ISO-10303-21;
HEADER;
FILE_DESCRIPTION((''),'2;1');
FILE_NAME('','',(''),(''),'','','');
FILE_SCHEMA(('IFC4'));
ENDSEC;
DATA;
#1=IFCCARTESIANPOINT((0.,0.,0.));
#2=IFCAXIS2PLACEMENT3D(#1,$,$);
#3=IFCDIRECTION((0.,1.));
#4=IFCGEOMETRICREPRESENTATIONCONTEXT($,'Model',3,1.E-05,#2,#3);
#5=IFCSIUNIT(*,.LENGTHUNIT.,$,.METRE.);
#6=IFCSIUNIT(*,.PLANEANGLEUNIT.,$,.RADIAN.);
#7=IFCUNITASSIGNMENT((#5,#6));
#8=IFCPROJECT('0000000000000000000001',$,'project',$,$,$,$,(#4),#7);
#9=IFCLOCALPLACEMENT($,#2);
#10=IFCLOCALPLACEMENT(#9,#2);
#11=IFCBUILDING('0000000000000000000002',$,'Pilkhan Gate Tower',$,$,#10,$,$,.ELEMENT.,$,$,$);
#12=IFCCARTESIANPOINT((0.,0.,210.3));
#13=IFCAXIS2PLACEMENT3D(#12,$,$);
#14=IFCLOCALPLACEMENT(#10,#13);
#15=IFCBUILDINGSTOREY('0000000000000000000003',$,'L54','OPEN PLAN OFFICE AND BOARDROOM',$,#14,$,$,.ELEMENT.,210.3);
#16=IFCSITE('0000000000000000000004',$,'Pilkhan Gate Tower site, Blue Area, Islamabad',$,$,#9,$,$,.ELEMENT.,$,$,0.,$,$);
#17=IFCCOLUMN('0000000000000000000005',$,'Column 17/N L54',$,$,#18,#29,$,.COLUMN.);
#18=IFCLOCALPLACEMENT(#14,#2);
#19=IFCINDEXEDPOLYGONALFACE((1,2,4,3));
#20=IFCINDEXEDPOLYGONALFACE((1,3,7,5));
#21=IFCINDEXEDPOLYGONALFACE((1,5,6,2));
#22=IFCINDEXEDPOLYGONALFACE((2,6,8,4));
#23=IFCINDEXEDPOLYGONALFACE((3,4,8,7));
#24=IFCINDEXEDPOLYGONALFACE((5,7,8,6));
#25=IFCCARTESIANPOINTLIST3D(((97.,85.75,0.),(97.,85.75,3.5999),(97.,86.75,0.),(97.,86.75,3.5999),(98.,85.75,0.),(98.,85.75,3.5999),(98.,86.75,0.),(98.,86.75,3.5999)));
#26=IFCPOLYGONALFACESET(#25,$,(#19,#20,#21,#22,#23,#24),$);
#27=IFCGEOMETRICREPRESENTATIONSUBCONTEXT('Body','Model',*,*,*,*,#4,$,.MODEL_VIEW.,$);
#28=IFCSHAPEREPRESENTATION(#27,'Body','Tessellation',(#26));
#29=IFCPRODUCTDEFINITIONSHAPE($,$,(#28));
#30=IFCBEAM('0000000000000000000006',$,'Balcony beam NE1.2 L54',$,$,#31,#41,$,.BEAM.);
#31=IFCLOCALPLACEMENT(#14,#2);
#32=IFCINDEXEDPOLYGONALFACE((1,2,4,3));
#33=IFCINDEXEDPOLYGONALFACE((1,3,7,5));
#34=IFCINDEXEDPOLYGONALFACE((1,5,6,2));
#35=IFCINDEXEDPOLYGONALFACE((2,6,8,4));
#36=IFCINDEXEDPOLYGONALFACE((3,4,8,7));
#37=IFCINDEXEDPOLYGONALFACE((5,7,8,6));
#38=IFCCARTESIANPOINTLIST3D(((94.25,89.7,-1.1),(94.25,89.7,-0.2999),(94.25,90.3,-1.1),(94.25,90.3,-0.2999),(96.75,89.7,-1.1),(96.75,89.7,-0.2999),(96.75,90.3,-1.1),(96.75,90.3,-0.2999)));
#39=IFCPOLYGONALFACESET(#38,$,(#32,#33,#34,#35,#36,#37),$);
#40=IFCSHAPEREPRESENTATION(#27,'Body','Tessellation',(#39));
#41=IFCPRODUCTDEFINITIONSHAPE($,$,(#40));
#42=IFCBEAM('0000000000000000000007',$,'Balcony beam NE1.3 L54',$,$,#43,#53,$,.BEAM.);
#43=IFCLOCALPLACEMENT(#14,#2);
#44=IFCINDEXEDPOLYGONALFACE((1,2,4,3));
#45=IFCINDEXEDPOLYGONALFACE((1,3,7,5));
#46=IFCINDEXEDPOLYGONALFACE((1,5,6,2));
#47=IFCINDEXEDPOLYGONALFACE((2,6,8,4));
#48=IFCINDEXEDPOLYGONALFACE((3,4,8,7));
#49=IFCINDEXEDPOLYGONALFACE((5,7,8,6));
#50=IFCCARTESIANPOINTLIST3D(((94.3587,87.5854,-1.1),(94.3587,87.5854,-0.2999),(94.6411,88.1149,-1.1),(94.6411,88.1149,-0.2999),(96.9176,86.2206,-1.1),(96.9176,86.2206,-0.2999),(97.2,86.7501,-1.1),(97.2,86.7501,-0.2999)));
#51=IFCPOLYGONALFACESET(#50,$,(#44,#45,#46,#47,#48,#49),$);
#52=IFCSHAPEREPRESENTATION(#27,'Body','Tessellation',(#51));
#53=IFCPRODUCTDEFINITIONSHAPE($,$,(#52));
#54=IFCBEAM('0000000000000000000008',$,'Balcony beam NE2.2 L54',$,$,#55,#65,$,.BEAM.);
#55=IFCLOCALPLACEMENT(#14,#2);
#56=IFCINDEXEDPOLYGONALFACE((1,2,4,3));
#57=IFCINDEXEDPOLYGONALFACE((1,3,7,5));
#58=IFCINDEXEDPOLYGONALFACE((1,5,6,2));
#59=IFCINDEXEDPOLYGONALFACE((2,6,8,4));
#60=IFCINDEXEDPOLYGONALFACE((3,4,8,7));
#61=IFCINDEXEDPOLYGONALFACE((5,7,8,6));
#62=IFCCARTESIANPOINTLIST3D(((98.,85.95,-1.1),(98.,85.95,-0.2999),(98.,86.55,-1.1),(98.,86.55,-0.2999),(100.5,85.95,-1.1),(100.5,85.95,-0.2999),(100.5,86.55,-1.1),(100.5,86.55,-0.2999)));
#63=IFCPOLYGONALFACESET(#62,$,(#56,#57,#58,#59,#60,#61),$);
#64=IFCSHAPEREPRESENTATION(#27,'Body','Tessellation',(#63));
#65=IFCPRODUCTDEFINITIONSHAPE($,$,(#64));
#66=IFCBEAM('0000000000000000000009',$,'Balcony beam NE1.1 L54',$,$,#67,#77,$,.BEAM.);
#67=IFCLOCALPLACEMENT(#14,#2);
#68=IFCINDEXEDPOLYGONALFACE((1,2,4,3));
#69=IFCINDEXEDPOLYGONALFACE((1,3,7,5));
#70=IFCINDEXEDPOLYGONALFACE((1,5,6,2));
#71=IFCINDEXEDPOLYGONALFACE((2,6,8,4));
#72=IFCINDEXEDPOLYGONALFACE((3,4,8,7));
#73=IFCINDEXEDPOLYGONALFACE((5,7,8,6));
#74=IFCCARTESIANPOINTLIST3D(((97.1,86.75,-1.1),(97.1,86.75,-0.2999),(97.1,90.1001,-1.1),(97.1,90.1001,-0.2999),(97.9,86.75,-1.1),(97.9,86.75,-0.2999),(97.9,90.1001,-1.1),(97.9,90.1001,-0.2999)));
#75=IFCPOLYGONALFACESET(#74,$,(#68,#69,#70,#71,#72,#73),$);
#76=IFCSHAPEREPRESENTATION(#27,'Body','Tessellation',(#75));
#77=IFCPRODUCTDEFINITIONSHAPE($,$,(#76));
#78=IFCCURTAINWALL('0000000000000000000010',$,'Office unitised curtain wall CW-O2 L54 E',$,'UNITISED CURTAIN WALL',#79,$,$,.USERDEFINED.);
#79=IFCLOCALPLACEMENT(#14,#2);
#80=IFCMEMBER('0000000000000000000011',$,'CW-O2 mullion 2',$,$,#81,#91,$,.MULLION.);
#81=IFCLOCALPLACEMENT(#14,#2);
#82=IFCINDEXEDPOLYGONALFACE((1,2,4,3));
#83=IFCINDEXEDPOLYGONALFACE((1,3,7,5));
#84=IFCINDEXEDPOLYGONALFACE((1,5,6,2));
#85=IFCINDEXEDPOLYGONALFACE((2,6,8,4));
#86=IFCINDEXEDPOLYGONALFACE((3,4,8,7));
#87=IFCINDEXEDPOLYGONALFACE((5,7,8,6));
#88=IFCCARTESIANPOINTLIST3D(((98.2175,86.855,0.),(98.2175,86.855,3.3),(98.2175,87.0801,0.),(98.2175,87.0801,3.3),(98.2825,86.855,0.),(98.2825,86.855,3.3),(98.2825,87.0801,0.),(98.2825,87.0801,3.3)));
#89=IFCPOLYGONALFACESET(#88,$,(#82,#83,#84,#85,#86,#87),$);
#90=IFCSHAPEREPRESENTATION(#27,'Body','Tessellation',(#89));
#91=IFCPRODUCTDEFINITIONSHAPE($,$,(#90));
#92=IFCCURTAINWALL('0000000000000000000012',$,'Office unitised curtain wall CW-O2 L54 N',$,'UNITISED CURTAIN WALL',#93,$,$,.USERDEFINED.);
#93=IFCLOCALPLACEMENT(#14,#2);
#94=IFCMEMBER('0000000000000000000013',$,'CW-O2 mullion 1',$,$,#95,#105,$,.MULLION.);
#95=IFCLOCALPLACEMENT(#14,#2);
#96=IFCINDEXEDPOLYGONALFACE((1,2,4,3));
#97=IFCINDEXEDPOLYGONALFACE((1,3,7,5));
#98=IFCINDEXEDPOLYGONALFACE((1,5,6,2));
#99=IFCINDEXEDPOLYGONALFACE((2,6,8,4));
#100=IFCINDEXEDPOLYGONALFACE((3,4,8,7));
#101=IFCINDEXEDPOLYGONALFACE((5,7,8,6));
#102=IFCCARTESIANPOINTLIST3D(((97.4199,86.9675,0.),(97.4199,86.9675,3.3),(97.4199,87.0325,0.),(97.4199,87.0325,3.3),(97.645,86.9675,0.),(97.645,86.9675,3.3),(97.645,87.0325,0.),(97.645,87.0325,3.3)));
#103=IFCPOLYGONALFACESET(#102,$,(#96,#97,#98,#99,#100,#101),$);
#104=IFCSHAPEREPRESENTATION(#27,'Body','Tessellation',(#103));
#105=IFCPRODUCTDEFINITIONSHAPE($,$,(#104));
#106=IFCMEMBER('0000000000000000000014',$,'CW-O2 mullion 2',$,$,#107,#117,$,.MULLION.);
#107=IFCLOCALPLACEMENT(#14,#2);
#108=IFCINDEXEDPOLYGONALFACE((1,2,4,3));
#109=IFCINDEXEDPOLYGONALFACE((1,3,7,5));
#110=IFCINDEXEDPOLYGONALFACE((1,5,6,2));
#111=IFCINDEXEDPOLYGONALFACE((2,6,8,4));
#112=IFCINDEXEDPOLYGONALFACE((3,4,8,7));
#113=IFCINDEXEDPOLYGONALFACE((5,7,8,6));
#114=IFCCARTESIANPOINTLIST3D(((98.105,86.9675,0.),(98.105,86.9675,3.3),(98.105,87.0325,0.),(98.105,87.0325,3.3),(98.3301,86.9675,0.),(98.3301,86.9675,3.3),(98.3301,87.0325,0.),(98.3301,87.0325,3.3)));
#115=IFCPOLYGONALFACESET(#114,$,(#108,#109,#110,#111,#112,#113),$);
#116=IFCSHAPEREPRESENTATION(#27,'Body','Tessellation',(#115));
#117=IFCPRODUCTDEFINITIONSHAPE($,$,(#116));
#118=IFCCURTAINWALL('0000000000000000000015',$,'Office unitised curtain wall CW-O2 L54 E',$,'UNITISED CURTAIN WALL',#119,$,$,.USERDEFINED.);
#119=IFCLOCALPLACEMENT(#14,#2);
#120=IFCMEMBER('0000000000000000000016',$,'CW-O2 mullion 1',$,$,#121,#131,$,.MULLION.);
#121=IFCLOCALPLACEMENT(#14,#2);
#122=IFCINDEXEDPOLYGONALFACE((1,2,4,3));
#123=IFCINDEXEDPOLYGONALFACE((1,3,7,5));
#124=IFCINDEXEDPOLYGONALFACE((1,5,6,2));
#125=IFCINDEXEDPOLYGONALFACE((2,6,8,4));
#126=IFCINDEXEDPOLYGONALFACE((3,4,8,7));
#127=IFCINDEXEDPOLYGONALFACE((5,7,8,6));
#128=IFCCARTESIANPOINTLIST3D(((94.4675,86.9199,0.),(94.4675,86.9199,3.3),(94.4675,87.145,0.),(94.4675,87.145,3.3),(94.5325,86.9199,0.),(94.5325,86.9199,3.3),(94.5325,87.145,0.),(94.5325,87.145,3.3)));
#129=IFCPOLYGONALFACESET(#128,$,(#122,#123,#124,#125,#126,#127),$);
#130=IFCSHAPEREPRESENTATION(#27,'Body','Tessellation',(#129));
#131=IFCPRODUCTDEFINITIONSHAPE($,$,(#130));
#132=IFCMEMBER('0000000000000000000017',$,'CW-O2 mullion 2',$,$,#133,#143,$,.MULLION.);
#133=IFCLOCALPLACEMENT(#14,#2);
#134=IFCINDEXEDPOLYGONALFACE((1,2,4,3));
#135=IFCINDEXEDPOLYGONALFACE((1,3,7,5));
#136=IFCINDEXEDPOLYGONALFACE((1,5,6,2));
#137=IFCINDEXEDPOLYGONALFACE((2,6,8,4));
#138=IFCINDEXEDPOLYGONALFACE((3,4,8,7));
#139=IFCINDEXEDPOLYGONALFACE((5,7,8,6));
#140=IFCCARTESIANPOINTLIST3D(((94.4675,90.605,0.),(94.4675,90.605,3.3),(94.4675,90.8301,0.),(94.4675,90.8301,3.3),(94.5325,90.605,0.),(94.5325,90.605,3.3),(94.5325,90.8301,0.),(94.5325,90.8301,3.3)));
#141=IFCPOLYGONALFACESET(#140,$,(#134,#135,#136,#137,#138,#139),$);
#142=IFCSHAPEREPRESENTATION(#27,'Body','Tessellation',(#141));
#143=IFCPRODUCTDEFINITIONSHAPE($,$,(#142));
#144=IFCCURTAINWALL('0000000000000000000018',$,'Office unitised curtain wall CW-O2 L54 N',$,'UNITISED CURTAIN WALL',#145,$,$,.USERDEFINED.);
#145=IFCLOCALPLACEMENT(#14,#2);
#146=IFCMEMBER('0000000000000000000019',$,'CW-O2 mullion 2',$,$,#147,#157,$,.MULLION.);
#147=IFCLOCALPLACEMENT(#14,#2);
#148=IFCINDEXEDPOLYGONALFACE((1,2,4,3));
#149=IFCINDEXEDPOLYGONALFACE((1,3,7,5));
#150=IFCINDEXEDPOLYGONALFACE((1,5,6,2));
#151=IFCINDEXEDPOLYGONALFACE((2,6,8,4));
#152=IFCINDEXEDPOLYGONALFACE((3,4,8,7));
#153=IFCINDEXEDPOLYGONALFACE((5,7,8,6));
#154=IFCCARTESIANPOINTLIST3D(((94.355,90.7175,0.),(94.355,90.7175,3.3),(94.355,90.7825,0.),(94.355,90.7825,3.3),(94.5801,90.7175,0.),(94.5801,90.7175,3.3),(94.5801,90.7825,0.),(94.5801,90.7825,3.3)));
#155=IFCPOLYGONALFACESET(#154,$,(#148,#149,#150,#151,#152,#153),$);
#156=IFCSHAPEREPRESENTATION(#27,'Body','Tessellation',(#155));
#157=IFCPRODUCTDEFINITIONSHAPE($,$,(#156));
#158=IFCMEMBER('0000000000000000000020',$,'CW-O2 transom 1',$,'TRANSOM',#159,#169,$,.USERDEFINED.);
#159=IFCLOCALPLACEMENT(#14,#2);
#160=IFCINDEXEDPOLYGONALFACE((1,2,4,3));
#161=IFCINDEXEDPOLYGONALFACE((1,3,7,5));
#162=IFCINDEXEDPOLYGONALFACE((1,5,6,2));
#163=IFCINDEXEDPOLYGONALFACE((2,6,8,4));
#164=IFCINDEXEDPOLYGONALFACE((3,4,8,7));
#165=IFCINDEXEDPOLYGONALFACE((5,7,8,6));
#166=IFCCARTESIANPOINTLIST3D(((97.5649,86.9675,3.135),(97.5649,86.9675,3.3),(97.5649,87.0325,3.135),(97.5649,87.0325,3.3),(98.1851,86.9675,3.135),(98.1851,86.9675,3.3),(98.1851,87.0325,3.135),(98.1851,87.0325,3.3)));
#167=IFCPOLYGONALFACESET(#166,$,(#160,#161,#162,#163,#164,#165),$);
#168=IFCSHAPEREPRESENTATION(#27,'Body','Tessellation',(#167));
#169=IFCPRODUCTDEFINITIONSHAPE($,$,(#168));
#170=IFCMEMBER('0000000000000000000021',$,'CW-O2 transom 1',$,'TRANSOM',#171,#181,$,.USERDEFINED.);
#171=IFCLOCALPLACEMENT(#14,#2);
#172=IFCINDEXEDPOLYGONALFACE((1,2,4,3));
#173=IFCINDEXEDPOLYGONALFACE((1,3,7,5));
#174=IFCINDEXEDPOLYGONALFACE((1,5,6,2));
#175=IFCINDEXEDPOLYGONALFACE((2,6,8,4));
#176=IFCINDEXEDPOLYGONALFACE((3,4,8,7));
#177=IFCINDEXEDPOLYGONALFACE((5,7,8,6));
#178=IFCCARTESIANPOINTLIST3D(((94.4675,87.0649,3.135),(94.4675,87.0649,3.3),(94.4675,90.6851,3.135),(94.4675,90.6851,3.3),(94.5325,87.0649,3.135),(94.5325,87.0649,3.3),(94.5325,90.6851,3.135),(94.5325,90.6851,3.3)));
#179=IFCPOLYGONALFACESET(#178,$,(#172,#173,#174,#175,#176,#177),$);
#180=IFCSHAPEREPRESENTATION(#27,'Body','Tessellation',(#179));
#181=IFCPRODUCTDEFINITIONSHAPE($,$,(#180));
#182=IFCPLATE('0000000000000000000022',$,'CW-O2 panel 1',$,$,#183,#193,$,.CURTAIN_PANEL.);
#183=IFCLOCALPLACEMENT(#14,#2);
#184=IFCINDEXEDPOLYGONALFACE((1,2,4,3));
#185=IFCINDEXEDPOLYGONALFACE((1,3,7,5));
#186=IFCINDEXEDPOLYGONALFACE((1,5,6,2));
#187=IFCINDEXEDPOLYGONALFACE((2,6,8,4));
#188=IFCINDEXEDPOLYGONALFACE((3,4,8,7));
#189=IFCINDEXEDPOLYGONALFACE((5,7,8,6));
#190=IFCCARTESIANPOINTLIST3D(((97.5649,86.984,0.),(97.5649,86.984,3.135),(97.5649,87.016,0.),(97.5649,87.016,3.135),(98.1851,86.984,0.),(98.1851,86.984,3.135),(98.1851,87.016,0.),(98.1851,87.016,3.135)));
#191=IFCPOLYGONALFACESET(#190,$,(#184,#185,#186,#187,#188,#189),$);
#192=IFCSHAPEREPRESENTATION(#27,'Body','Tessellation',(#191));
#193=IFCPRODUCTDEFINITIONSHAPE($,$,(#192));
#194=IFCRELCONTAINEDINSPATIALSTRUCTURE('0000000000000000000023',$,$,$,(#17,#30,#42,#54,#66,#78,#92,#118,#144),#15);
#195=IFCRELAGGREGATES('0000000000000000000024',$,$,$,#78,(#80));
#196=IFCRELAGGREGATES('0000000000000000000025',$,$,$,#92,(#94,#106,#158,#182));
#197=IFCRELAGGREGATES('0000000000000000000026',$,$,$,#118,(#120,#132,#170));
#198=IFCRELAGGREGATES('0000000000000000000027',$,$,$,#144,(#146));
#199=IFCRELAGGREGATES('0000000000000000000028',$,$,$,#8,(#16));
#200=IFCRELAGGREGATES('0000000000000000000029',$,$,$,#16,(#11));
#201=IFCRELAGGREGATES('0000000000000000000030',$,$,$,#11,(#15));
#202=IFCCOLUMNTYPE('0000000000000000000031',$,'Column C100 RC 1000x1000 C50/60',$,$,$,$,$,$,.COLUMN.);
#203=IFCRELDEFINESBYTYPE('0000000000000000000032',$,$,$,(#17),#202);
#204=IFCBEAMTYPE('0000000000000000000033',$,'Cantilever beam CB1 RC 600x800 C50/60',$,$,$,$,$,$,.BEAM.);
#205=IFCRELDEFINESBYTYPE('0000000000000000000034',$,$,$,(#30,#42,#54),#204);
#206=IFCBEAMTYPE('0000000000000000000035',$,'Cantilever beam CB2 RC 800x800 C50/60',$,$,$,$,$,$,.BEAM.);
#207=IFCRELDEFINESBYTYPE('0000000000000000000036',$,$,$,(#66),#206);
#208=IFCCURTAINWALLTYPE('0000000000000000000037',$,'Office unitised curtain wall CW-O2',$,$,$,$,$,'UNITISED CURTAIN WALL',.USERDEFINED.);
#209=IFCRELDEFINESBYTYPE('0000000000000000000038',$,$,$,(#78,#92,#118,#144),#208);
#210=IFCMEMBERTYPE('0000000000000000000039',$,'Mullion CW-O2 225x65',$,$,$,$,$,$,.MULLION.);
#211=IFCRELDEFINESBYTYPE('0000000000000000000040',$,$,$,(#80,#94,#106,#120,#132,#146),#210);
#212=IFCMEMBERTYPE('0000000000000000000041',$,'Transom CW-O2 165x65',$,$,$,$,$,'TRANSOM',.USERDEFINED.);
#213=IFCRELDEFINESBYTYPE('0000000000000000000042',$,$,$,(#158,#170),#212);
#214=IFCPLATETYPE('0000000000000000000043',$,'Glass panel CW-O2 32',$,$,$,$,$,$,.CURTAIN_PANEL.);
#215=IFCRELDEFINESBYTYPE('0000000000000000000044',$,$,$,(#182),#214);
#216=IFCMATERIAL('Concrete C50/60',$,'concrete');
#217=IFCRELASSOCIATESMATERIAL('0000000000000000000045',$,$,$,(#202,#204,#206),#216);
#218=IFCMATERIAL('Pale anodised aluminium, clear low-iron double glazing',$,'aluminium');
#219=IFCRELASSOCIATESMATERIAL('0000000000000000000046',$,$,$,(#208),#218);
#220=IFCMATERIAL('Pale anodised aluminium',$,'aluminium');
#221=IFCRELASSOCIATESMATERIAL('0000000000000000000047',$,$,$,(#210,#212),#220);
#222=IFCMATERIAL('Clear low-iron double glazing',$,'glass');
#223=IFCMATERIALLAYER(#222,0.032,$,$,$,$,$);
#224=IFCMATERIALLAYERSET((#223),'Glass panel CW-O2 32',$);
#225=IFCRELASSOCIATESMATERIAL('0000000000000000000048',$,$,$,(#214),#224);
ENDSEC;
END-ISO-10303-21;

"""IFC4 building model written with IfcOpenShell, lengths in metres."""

from ifc_helpers import new_model, si_unit, direction, frame, origin, origin_2d, place, context, subcontext, project, spatial, rectangle, extrude, material, layer, layer_set, material_profile, profile_set, type_object, element, aggregate, save


model = new_model("IFC4")

# Units and contexts
model_context = context("Model", 3, precision=1e-05, world=origin(), true_north=direction((0.0, 1.0)))
body_context = subcontext(model_context, "Body", "Model", "MODEL_VIEW")
ifc_project = project(units=[si_unit("LENGTHUNIT", "METRE"), si_unit("PLANEANGLEUNIT", "RADIAN")], contexts=[model_context])

# Site, building, storey
site_placement = place(None, origin())
site = spatial("IfcSite", under=ifc_project, at=site_placement, Name="Pilkhan Gate Tower site, Blue Area, Islamabad", CompositionType="ELEMENT", RefElevation=0.0)
building_placement = place(site_placement, origin())
building = spatial("IfcBuilding", under=site, at=building_placement, Name="Pilkhan Gate Tower", CompositionType="ELEMENT")
storey_placement = place(building_placement, frame((0.0, 0.0, 210.3)))
storey = spatial("IfcBuildingStorey", under=building, at=storey_placement, Name="L54", Description="OPEN PLAN OFFICE AND BOARDROOM", CompositionType="ELEMENT", Elevation=210.3)

# Column
ifc_material_1 = material(Name="Concrete C50/60", Category="concrete")
ifc_material_profile_1 = material_profile(ifc_material_1, rectangle(XDim=1.0, YDim=1.0, at=origin_2d()), Name="RC 1000x1000")
ifc_profile_set_1 = profile_set([ifc_material_profile_1], Name="Concrete C50/60")
column_type = type_object("IfcColumnType", Name="Column C100 RC 1000x1000 C50/60", PredefinedType="COLUMN", material=ifc_profile_set_1)
column_placement = place(storey_placement, frame((97.5, 86.25, 0.0), z_axis=(0.0, 0.0, 1.0), x_axis=(1.0, 0.0, 0.0)))
element("IfcColumn", 1, at=column_placement, inside=storey, type_object=column_type, Name="Column 17/N L54", PredefinedType="COLUMN", context=body_context, shape_type="SweptSolid", body=[
    extrude(rectangle(XDim=1.0, YDim=1.0, at=origin_2d()), origin(), (0.0, 0.0, 1.0), 3.5999),
])

# Beams
ifc_material_profile_2 = material_profile(ifc_material_1, rectangle(XDim=0.6001, YDim=0.8, at=origin_2d()), Name="RC 600x800")
ifc_profile_set_2 = profile_set([ifc_material_profile_2], Name="Concrete C50/60")
beam_type_1 = type_object("IfcBeamType", Name="Cantilever beam CB1 RC 600x800 C50/60", PredefinedType="BEAM", material=ifc_profile_set_2)
beam_1_placement = place(storey_placement, frame((94.25, 90.0, -0.7), z_axis=(1.0, 0.0, 0.0), x_axis=(0.0, 1.0, 0.0)))
element("IfcBeam", 2, at=beam_1_placement, inside=storey, type_object=beam_type_1, Name="Balcony beam NE1.2 L54", PredefinedType="BEAM", context=body_context, shape_type="SweptSolid", body=[
    extrude(rectangle(XDim=0.6001, YDim=0.8, at=origin_2d()), origin(), (0.0, 0.0, 1.0), 2.5),
])
beam_2_placement = place(storey_placement, frame((97.0588, 86.4854, -0.7), z_axis=(-0.882348, 0.470597, 0.0), x_axis=(-0.470597, -0.882348, 0.0)))
element("IfcBeam", 3, at=beam_2_placement, inside=storey, type_object=beam_type_1, Name="Balcony beam NE1.3 L54", PredefinedType="BEAM", context=body_context, shape_type="SweptSolid", body=[
    extrude(rectangle(XDim=0.6001, YDim=0.8, at=origin_2d()), origin(), (0.0, 0.0, 1.0), 2.9001),
])
beam_3_placement = place(storey_placement, frame((98.0, 86.25, -0.7), z_axis=(1.0, 0.0, 0.0), x_axis=(0.0, 1.0, 0.0)))
element("IfcBeam", 4, at=beam_3_placement, inside=storey, type_object=beam_type_1, Name="Balcony beam NE2.2 L54", PredefinedType="BEAM", context=body_context, shape_type="SweptSolid", body=[
    extrude(rectangle(XDim=0.6001, YDim=0.8, at=origin_2d()), origin(), (0.0, 0.0, 1.0), 2.5),
])
ifc_material_profile_3 = material_profile(ifc_material_1, rectangle(XDim=0.8, YDim=0.8, at=origin_2d()), Name="RC 800x800")
ifc_profile_set_3 = profile_set([ifc_material_profile_3], Name="Concrete C50/60")
beam_type_2 = type_object("IfcBeamType", Name="Cantilever beam CB2 RC 800x800 C50/60", PredefinedType="BEAM", material=ifc_profile_set_3)
beam_4_placement = place(storey_placement, frame((97.5, 86.75, -0.7), z_axis=(0.0, 1.0, 0.0), x_axis=(-1.0, 0.0, 0.0)))
element("IfcBeam", 5, at=beam_4_placement, inside=storey, type_object=beam_type_2, Name="Balcony beam NE1.1 L54", PredefinedType="BEAM", context=body_context, shape_type="SweptSolid", body=[
    extrude(rectangle(XDim=0.8, YDim=0.8, at=origin_2d()), origin(), (0.0, 0.0, 1.0), 3.3501),
])

# Curtain wall, member
ifc_material_2 = material(Name="Pale anodised aluminium, clear low-iron double glazing", Category="aluminium")
curtain_wall_type = type_object("IfcCurtainWallType", Name="Office unitised curtain wall CW-O2", ElementType="UNITISED CURTAIN WALL", PredefinedType="USERDEFINED", material=ifc_material_2)
curtain_wall_1_placement = place(storey_placement, origin())
curtain_wall_1 = element("IfcCurtainWall", 6, at=curtain_wall_1_placement, inside=storey, type_object=curtain_wall_type, Name="Office unitised curtain wall CW-O2 L54 E", ObjectType="UNITISED CURTAIN WALL", PredefinedType="USERDEFINED")
ifc_material_3 = material(Name="Pale anodised aluminium", Category="aluminium")
ifc_material_profile_4 = material_profile(ifc_material_3, rectangle(XDim=0.0649, YDim=0.2251, at=origin_2d()), Name="Mullion 225x65")
ifc_profile_set_4 = profile_set([ifc_material_profile_4], Name="Pale anodised aluminium")
member_type_1 = type_object("IfcMemberType", Name="Mullion CW-O2 225x65", PredefinedType="MULLION", material=ifc_profile_set_4)
member_1_placement = place(storey_placement, frame((98.25, 86.9675, 0.0), z_axis=(0.0, 0.0, 1.0), x_axis=(-1.0, 0.0, 0.0)))
member_1 = element("IfcMember", 7, at=member_1_placement, type_object=member_type_1, Name="CW-O2 mullion 2", PredefinedType="MULLION", context=body_context, shape_type="SweptSolid", body=[
    extrude(rectangle(XDim=0.0649, YDim=0.2251, at=origin_2d()), origin(), (0.0, 0.0, 1.0), 3.3),
])
aggregate(curtain_wall_1, [member_1])

# Curtain walls, members
curtain_wall_2_placement = place(storey_placement, origin())
curtain_wall_2 = element("IfcCurtainWall", 8, at=curtain_wall_2_placement, inside=storey, type_object=curtain_wall_type, Name="Office unitised curtain wall CW-O2 L54 N", ObjectType="UNITISED CURTAIN WALL", PredefinedType="USERDEFINED")
member_2_placement = place(storey_placement, frame((97.5325, 87.0, 0.0), z_axis=(0.0, 0.0, 1.0), x_axis=(0.0, 1.0, 0.0)))
member_2 = element("IfcMember", 9, at=member_2_placement, type_object=member_type_1, Name="CW-O2 mullion 1", PredefinedType="MULLION", context=body_context, shape_type="SweptSolid", body=[
    extrude(rectangle(XDim=0.0649, YDim=0.2251, at=origin_2d()), origin(), (0.0, 0.0, 1.0), 3.3),
])
member_3_placement = place(storey_placement, frame((98.2175, 87.0, 0.0), z_axis=(0.0, 0.0, 1.0), x_axis=(0.0, 1.0, 0.0)))
member_3 = element("IfcMember", 10, at=member_3_placement, type_object=member_type_1, Name="CW-O2 mullion 2", PredefinedType="MULLION", context=body_context, shape_type="SweptSolid", body=[
    extrude(rectangle(XDim=0.0649, YDim=0.2251, at=origin_2d()), origin(), (0.0, 0.0, 1.0), 3.3),
])
curtain_wall_3_placement = place(storey_placement, origin())
curtain_wall_3 = element("IfcCurtainWall", 11, at=curtain_wall_3_placement, inside=storey, type_object=curtain_wall_type, Name="Office unitised curtain wall CW-O2 L54 E", ObjectType="UNITISED CURTAIN WALL", PredefinedType="USERDEFINED")
member_4_placement = place(storey_placement, frame((94.5, 87.0325, 0.0), z_axis=(0.0, 0.0, 1.0), x_axis=(-1.0, 0.0, 0.0)))
member_4 = element("IfcMember", 12, at=member_4_placement, type_object=member_type_1, Name="CW-O2 mullion 1", PredefinedType="MULLION", context=body_context, shape_type="SweptSolid", body=[
    extrude(rectangle(XDim=0.0649, YDim=0.2251, at=origin_2d()), origin(), (0.0, 0.0, 1.0), 3.3),
])
member_5_placement = place(storey_placement, frame((94.5, 90.7175, 0.0), z_axis=(0.0, 0.0, 1.0), x_axis=(-1.0, 0.0, 0.0)))
member_5 = element("IfcMember", 13, at=member_5_placement, type_object=member_type_1, Name="CW-O2 mullion 2", PredefinedType="MULLION", context=body_context, shape_type="SweptSolid", body=[
    extrude(rectangle(XDim=0.0649, YDim=0.2251, at=origin_2d()), origin(), (0.0, 0.0, 1.0), 3.3),
])

# Curtain wall, member
curtain_wall_4_placement = place(storey_placement, origin())
curtain_wall_4 = element("IfcCurtainWall", 14, at=curtain_wall_4_placement, inside=storey, type_object=curtain_wall_type, Name="Office unitised curtain wall CW-O2 L54 N", ObjectType="UNITISED CURTAIN WALL", PredefinedType="USERDEFINED")
member_6_placement = place(storey_placement, frame((94.4675, 90.75, 0.0), z_axis=(0.0, 0.0, 1.0), x_axis=(0.0, 1.0, 0.0)))
member_6 = element("IfcMember", 15, at=member_6_placement, type_object=member_type_1, Name="CW-O2 mullion 2", PredefinedType="MULLION", context=body_context, shape_type="SweptSolid", body=[
    extrude(rectangle(XDim=0.0649, YDim=0.2251, at=origin_2d()), origin(), (0.0, 0.0, 1.0), 3.3),
])

# Members
ifc_material_profile_5 = material_profile(ifc_material_3, rectangle(XDim=0.0649, YDim=0.165, at=origin_2d()), Name="Transom 165x65")
ifc_profile_set_5 = profile_set([ifc_material_profile_5], Name="Pale anodised aluminium")
member_type_2 = type_object("IfcMemberType", Name="Transom CW-O2 165x65", ElementType="TRANSOM", PredefinedType="USERDEFINED", material=ifc_profile_set_5)
member_7_placement = place(storey_placement, frame((97.5649, 87.0, 3.2175), z_axis=(1.0, 0.0, 0.0), x_axis=(0.0, 1.0, 0.0)))
member_7 = element("IfcMember", 16, at=member_7_placement, type_object=member_type_2, Name="CW-O2 transom 1", ObjectType="TRANSOM", PredefinedType="USERDEFINED", context=body_context, shape_type="SweptSolid", body=[
    extrude(rectangle(XDim=0.0649, YDim=0.165, at=origin_2d()), origin(), (0.0, 0.0, 1.0), 0.6201),
])
member_8_placement = place(storey_placement, frame((94.5, 87.0649, 3.2175), z_axis=(0.0, 1.0, 0.0), x_axis=(-1.0, 0.0, 0.0)))
member_8 = element("IfcMember", 17, at=member_8_placement, type_object=member_type_2, Name="CW-O2 transom 1", ObjectType="TRANSOM", PredefinedType="USERDEFINED", context=body_context, shape_type="SweptSolid", body=[
    extrude(rectangle(XDim=0.0649, YDim=0.165, at=origin_2d()), origin(), (0.0, 0.0, 1.0), 3.6201),
])

# Plate
ifc_material_4 = material(Name="Clear low-iron double glazing", Category="glass")
ifc_layer_1 = layer(ifc_material_4, 0.032)
ifc_layer_set_1 = layer_set([ifc_layer_1], Name="Glass panel CW-O2 32")
plate_type = type_object("IfcPlateType", Name="Glass panel CW-O2 32", PredefinedType="CURTAIN_PANEL", material=ifc_layer_set_1)
plate_1_placement = place(storey_placement, frame((97.875, 87.0, 0.0), z_axis=(0.0, 0.0, 1.0), x_axis=(1.0, 0.0, 0.0)))
plate_1 = element("IfcPlate", 18, at=plate_1_placement, type_object=plate_type, Name="CW-O2 panel 1", PredefinedType="CURTAIN_PANEL", context=body_context, shape_type="SweptSolid", body=[
    extrude(rectangle(XDim=0.6201, YDim=0.032, at=origin_2d()), origin(), (0.0, 0.0, 1.0), 3.135),
])
aggregate(curtain_wall_2, [member_2, member_3, member_7, plate_1])
aggregate(curtain_wall_3, [member_4, member_5, member_8])
aggregate(curtain_wall_4, [member_6])

save(model, "model.ifc")
